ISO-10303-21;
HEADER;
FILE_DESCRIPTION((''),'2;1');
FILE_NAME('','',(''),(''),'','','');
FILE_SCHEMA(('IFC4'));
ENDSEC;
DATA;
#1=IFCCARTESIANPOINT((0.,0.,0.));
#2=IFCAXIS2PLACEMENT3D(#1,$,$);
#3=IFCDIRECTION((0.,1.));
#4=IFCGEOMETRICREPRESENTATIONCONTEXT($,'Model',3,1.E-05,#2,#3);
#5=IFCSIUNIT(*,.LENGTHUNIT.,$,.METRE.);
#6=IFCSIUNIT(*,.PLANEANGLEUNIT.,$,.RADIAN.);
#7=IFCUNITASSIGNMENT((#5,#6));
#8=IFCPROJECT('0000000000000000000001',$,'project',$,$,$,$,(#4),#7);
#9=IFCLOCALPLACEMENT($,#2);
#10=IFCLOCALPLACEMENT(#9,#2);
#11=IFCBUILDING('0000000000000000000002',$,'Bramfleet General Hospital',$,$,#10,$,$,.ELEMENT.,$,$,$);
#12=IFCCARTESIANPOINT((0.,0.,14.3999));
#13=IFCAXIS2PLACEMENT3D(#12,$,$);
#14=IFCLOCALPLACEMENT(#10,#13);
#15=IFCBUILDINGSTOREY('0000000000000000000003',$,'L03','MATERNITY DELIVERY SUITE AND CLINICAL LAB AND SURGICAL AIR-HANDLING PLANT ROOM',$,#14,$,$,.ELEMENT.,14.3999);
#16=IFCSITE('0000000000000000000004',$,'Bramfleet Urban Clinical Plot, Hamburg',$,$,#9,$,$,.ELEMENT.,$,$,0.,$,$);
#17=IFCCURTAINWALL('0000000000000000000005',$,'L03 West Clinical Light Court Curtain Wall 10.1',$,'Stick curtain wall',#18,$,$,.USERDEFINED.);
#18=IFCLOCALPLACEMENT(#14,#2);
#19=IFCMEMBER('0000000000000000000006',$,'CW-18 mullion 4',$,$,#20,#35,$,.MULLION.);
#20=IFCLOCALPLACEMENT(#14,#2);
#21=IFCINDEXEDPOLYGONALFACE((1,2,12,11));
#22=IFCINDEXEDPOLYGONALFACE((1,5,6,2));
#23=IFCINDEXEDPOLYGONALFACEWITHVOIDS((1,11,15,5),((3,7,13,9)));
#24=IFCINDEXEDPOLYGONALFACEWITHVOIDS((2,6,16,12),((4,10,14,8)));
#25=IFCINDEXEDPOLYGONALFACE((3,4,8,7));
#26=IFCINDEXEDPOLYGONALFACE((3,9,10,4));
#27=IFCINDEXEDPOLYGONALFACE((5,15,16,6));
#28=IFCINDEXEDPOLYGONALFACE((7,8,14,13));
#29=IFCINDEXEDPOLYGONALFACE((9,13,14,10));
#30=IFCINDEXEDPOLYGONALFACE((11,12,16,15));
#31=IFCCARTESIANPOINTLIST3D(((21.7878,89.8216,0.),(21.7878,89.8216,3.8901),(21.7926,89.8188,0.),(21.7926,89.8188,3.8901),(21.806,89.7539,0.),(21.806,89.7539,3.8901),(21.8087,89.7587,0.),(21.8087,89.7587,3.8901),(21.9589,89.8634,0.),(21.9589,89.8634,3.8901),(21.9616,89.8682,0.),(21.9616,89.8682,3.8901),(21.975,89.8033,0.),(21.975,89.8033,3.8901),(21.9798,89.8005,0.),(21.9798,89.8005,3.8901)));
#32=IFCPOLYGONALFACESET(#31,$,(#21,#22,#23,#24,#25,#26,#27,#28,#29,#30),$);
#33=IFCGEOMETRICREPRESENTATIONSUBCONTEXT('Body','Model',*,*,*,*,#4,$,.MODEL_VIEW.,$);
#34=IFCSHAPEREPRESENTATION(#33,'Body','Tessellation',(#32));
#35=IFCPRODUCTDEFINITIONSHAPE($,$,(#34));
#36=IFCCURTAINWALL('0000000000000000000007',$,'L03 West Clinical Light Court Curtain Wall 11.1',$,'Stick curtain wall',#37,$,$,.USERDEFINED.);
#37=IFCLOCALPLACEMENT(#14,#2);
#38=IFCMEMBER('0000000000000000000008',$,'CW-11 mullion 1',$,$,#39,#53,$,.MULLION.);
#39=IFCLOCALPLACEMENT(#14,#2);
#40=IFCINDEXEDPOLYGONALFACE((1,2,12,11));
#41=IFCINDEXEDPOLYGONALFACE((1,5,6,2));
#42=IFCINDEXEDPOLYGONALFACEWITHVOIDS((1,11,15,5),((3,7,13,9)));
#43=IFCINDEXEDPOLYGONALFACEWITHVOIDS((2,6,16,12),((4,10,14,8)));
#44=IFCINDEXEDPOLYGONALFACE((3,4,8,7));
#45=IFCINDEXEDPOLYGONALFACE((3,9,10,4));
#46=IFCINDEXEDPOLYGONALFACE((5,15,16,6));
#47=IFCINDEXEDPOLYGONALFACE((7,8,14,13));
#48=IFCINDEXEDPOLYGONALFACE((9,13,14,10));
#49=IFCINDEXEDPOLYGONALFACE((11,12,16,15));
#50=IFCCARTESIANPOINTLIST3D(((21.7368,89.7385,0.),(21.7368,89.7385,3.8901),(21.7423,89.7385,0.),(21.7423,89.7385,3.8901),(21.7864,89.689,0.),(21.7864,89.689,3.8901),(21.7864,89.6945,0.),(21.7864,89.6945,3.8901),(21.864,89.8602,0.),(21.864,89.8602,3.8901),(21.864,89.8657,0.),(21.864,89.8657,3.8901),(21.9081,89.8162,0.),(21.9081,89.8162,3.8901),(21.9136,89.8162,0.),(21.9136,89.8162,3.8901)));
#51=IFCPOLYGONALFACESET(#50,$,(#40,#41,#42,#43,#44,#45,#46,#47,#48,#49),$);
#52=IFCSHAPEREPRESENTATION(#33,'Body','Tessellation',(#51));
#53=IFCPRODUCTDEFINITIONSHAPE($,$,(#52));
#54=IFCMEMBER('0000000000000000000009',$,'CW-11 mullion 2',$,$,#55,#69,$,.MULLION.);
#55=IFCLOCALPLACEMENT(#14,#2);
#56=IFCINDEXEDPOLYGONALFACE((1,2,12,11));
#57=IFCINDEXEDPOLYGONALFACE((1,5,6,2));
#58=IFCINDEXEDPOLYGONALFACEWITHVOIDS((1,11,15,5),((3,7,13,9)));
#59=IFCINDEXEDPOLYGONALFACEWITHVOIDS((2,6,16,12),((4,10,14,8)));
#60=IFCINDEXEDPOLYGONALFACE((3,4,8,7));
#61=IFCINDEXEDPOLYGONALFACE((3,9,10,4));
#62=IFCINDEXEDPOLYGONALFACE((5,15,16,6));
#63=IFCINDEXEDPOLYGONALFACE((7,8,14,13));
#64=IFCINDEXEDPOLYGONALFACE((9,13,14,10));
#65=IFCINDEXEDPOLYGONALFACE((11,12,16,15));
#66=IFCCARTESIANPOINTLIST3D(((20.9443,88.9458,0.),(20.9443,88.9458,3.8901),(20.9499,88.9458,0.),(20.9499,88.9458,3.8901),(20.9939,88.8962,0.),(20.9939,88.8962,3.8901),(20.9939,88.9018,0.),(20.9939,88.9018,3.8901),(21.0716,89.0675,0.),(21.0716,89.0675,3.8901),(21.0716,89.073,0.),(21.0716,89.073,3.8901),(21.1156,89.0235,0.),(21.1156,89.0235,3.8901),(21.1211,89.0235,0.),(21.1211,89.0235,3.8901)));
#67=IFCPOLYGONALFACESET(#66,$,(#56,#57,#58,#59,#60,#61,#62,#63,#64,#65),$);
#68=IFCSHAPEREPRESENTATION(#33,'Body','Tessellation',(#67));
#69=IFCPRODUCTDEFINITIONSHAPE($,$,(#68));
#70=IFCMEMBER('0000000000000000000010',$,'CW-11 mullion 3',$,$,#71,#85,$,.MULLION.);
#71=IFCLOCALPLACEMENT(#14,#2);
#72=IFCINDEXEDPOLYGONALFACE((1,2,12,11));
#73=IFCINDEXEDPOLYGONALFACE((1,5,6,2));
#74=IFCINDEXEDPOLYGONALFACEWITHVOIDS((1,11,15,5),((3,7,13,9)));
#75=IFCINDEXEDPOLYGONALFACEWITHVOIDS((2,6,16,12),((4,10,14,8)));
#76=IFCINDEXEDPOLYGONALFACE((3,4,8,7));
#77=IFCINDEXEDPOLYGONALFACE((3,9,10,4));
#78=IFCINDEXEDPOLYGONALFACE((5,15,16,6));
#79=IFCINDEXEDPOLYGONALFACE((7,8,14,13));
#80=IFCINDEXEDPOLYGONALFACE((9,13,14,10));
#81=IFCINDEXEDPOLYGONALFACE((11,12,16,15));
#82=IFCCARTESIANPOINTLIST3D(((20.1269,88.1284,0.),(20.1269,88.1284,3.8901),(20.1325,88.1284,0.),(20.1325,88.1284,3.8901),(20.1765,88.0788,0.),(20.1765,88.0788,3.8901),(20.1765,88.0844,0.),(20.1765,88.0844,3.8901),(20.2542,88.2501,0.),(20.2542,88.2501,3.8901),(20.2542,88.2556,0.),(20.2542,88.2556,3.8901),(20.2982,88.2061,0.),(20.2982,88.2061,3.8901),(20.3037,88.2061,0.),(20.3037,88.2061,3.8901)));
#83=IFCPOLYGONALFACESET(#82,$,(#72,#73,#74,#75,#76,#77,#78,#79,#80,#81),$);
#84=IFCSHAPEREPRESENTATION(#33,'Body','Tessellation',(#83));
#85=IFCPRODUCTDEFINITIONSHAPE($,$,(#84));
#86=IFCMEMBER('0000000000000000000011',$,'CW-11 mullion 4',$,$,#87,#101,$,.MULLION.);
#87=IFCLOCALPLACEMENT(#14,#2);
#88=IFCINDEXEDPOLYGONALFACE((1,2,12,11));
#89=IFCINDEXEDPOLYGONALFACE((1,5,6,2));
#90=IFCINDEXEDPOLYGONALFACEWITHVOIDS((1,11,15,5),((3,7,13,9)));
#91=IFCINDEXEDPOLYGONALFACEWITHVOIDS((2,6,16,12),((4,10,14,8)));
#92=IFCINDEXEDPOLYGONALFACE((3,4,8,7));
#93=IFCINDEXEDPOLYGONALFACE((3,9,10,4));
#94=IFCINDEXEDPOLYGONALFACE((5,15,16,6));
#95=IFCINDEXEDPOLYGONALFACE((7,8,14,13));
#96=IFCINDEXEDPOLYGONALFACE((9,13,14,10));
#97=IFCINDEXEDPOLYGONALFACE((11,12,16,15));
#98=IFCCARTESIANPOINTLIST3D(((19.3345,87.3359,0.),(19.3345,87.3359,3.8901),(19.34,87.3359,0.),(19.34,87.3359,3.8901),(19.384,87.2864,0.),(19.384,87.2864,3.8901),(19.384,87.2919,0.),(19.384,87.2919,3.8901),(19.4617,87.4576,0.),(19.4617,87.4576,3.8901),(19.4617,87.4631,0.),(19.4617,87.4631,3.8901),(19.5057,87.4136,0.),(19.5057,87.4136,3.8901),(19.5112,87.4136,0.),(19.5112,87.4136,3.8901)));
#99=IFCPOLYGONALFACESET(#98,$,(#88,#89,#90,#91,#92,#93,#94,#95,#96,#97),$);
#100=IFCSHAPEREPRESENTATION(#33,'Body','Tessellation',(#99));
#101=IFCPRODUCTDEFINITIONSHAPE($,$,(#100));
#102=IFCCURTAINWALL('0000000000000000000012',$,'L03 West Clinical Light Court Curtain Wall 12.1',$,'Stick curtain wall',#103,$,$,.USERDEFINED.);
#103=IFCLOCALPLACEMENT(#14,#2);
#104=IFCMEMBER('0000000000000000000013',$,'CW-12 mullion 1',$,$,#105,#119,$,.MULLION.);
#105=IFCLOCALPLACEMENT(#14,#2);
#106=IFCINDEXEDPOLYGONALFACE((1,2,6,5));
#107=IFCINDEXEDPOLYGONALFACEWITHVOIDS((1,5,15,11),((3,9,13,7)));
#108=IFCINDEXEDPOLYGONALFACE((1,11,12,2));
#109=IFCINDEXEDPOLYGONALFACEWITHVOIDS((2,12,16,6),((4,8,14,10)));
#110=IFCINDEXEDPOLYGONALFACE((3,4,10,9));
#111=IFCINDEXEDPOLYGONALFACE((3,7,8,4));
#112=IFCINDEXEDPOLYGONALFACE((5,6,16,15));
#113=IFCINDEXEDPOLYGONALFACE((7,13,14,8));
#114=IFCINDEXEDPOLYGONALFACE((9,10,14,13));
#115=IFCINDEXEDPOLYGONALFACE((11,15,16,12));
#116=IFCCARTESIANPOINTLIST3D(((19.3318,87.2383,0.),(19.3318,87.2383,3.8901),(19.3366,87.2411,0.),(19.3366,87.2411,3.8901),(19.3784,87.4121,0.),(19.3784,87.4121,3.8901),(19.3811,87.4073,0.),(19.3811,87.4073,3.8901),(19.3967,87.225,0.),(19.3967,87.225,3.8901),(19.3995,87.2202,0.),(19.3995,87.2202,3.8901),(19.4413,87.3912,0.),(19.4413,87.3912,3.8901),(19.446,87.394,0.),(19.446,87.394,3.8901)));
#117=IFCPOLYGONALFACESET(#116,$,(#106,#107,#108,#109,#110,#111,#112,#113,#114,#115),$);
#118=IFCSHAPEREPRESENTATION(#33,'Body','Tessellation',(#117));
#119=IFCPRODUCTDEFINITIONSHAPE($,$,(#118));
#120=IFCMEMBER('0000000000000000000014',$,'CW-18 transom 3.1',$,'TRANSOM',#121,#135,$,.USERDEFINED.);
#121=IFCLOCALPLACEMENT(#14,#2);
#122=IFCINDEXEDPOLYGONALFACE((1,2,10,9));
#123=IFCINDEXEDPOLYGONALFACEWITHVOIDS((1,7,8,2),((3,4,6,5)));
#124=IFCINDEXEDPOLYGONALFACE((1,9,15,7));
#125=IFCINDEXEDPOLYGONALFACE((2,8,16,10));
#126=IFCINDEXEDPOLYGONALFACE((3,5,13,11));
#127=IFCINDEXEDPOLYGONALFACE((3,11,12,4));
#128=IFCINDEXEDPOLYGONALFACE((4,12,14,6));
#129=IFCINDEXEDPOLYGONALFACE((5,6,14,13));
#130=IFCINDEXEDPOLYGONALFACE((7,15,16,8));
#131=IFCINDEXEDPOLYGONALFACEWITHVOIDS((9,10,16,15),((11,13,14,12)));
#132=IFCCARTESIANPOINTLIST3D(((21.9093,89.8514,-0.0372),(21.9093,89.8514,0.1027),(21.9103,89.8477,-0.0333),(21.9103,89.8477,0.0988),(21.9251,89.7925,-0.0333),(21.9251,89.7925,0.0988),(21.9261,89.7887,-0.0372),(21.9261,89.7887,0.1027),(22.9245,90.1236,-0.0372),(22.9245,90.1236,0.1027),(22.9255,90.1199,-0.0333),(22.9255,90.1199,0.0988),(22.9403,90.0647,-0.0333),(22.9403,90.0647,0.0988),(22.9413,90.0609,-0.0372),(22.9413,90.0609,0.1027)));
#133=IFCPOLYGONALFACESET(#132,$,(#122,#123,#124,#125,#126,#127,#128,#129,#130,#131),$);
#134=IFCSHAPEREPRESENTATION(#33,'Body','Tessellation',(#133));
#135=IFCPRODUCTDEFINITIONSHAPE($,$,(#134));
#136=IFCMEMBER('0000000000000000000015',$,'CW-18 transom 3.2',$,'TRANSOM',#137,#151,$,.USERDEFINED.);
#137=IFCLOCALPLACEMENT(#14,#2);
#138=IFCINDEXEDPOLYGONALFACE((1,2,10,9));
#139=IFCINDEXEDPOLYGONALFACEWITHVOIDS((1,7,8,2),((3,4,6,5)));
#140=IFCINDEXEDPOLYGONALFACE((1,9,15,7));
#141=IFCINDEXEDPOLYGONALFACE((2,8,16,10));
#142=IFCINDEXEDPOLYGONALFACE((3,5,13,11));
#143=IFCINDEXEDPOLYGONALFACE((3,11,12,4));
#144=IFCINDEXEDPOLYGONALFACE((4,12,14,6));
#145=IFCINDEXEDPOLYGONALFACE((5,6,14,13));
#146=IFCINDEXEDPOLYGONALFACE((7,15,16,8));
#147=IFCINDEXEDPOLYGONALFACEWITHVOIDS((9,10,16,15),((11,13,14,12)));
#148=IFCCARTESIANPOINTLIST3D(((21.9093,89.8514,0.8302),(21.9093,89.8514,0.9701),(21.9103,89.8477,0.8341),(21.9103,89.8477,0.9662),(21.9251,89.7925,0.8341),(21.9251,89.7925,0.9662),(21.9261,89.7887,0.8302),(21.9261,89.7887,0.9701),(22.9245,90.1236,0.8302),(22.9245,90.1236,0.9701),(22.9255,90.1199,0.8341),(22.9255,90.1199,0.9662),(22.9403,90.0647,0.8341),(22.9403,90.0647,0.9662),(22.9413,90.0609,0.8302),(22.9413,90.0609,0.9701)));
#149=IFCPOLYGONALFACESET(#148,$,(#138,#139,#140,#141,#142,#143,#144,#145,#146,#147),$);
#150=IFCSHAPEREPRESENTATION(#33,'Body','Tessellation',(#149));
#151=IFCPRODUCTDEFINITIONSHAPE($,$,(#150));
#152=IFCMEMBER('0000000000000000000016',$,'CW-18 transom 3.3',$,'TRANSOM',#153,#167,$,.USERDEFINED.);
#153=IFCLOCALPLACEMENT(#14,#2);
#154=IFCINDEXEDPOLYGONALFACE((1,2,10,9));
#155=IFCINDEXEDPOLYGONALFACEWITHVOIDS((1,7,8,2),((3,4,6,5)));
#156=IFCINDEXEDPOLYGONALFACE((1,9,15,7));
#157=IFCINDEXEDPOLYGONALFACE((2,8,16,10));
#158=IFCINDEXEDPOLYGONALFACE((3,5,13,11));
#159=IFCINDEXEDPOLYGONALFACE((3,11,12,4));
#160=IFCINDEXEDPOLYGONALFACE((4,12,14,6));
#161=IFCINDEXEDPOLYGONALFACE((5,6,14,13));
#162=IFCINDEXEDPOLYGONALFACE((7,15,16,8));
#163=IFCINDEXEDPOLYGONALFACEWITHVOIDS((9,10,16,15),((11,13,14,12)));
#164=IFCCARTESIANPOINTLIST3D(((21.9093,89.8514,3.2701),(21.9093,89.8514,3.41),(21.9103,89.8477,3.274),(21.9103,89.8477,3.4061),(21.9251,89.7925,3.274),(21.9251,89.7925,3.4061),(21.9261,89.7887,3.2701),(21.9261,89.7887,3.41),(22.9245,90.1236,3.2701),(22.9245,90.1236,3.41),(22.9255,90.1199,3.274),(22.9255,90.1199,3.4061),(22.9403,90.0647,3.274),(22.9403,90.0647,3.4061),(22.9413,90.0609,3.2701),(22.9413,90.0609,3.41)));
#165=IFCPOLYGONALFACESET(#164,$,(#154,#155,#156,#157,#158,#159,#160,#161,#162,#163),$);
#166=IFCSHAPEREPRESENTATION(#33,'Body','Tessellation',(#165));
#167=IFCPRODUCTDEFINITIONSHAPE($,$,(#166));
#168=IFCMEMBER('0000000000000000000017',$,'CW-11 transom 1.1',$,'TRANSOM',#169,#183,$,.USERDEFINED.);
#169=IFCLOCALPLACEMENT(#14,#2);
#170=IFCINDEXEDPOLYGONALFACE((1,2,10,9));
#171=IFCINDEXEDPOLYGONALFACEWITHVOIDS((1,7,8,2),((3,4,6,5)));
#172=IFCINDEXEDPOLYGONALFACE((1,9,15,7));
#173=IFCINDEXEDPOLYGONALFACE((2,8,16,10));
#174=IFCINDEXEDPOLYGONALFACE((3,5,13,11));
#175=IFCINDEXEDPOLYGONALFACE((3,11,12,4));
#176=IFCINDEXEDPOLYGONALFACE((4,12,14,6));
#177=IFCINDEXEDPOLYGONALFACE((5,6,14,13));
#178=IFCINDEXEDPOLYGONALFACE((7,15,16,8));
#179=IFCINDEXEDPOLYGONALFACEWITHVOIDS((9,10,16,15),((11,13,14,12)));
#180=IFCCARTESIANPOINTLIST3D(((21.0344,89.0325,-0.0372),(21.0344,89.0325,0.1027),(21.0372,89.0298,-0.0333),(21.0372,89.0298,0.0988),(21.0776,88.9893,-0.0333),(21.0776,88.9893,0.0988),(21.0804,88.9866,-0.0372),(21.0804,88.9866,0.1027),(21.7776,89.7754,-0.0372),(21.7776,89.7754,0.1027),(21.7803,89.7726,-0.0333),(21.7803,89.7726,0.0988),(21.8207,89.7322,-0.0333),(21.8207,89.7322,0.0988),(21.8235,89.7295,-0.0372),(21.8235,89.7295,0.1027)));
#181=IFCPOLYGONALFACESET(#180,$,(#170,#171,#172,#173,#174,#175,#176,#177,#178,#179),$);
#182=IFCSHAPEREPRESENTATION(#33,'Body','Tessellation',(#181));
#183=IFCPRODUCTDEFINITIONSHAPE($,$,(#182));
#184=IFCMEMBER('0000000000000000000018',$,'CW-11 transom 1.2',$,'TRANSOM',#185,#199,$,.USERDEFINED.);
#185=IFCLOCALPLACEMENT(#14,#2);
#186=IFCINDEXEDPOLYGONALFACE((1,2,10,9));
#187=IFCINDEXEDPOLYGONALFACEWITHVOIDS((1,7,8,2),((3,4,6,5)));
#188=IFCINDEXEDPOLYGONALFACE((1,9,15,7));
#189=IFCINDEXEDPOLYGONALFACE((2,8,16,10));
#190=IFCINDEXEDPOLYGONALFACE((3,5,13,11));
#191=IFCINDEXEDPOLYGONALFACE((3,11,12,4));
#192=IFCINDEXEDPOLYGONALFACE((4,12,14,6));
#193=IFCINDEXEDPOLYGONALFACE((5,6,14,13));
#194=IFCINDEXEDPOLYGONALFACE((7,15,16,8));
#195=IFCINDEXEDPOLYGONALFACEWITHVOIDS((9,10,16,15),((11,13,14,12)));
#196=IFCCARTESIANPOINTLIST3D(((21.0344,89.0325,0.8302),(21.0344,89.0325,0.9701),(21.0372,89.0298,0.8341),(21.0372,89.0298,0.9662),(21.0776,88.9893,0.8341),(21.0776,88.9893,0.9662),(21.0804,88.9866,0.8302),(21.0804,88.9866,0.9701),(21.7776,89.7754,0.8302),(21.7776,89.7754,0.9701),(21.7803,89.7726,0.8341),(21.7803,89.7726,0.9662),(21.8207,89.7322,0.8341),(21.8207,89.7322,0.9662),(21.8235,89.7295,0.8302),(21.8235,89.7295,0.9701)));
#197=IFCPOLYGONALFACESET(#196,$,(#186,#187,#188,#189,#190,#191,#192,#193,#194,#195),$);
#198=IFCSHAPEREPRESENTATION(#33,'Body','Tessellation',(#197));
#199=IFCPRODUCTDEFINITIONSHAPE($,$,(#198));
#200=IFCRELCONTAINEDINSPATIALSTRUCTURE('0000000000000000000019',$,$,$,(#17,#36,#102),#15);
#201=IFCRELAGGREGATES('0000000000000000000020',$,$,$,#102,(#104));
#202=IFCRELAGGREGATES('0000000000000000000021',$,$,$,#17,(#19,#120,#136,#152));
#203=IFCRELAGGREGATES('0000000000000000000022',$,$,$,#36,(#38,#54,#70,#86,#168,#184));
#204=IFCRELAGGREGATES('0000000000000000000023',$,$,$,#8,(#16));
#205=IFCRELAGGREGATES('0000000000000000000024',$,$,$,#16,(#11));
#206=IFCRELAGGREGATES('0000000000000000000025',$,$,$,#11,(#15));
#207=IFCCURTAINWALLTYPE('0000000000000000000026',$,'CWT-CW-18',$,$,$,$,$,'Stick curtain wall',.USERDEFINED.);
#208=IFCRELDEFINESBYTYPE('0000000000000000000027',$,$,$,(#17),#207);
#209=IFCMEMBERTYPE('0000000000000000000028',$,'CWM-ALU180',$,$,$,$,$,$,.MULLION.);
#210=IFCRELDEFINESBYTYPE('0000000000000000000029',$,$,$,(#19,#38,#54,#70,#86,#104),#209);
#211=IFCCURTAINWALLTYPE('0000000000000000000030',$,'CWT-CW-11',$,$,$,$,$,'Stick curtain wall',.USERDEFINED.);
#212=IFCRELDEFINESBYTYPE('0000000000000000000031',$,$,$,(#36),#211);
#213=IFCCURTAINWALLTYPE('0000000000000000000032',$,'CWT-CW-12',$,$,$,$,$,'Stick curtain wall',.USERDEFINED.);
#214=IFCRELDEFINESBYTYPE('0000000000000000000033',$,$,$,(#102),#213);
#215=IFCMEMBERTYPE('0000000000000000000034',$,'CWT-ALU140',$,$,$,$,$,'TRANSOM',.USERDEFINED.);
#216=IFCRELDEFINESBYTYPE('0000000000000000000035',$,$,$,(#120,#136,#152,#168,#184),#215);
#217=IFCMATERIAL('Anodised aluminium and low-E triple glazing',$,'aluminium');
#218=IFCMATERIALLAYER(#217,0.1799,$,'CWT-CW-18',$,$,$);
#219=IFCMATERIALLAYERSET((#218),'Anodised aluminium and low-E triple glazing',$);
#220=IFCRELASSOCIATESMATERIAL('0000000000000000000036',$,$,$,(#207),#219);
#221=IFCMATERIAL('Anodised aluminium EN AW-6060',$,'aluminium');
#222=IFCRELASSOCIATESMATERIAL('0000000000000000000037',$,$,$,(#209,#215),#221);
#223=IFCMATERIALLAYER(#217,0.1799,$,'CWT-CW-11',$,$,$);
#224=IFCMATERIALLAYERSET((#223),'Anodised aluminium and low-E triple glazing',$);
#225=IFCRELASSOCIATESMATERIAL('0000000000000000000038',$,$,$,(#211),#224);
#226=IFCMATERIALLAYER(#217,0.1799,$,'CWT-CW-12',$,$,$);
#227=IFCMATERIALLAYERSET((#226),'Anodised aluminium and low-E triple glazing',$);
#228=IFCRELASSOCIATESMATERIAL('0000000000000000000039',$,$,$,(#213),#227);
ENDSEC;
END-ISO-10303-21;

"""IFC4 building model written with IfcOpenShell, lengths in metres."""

from ifc_helpers import new_model, si_unit, direction, frame, origin, origin_2d, place, context, subcontext, project, spatial, hollow_rectangle, extrude, material, layer, layer_set, material_profile, profile_set, type_object, element, aggregate, save


model = new_model("IFC4")

# Units and contexts
model_context = context("Model", 3, precision=1e-05, world=origin(), true_north=direction((0.0, 1.0)))
body_context = subcontext(model_context, "Body", "Model", "MODEL_VIEW")
ifc_project = project(units=[si_unit("LENGTHUNIT", "METRE"), si_unit("PLANEANGLEUNIT", "RADIAN")], contexts=[model_context])

# Site, building, storey
site_placement = place(None, origin())
site = spatial("IfcSite", under=ifc_project, at=site_placement, Name="Bramfleet Urban Clinical Plot, Hamburg", CompositionType="ELEMENT", RefElevation=0.0)
building_placement = place(site_placement, origin())
building = spatial("IfcBuilding", under=site, at=building_placement, Name="Bramfleet General Hospital", CompositionType="ELEMENT")
storey_placement = place(building_placement, frame((0.0, 0.0, 14.3999)))
storey = spatial("IfcBuildingStorey", under=building, at=storey_placement, Name="L03", Description="MATERNITY DELIVERY SUITE AND CLINICAL LAB AND SURGICAL AIR-HANDLING PLANT ROOM", CompositionType="ELEMENT", Elevation=14.3999)

# Curtain wall, member
ifc_material_1 = material(Name="Anodised aluminium and low-E triple glazing", Category="aluminium")
ifc_layer_1 = layer(ifc_material_1, 0.1799, Name="CWT-CW-18")
ifc_layer_set_1 = layer_set([ifc_layer_1], Name="Anodised aluminium and low-E triple glazing")
curtain_wall_type_1 = type_object("IfcCurtainWallType", Name="CWT-CW-18", ElementType="Stick curtain wall", PredefinedType="USERDEFINED", material=ifc_layer_set_1)
curtain_wall_1_placement = place(storey_placement, origin())
curtain_wall_1 = element("IfcCurtainWall", 1, at=curtain_wall_1_placement, inside=storey, type_object=curtain_wall_type_1, Name="L03 West Clinical Light Court Curtain Wall 10.1", ObjectType="Stick curtain wall", PredefinedType="USERDEFINED")
ifc_material_2 = material(Name="Anodised aluminium EN AW-6060", Category="aluminium")
ifc_material_profile_1 = material_profile(ifc_material_2, hollow_rectangle(XDim=0.0701, YDim=0.1799, WallThickness=0.0039, at=origin_2d()), Name="ALU 180x70x4.0")
ifc_profile_set_1 = profile_set([ifc_material_profile_1], Name="Anodised aluminium EN AW-6060")
member_type_1 = type_object("IfcMemberType", Name="CWM-ALU180", PredefinedType="MULLION", material=ifc_profile_set_1)
member_1_placement = place(storey_placement, frame((21.8838, 89.811, 0.0), z_axis=(0.0, 0.0, 1.0), x_axis=(0.258919, -0.965899, 0.0)))
member_1 = element("IfcMember", 2, at=member_1_placement, type_object=member_type_1, Name="CW-18 mullion 4", PredefinedType="MULLION", context=body_context, shape_type="SweptSolid", body=[
    extrude(hollow_rectangle(XDim=0.0701, YDim=0.1799, WallThickness=0.0039, at=origin_2d()), origin(), (0.0, 0.0, 1.0), 3.8901),
])

# Curtain wall, members
ifc_layer_2 = layer(ifc_material_1, 0.1799, Name="CWT-CW-11")
ifc_layer_set_2 = layer_set([ifc_layer_2], Name="Anodised aluminium and low-E triple glazing")
curtain_wall_type_2 = type_object("IfcCurtainWallType", Name="CWT-CW-11", ElementType="Stick curtain wall", PredefinedType="USERDEFINED", material=ifc_layer_set_2)
curtain_wall_2_placement = place(storey_placement, origin())
curtain_wall_2 = element("IfcCurtainWall", 3, at=curtain_wall_2_placement, inside=storey, type_object=curtain_wall_type_2, Name="L03 West Clinical Light Court Curtain Wall 11.1", ObjectType="Stick curtain wall", PredefinedType="USERDEFINED")
member_2_placement = place(storey_placement, frame((21.8252, 89.7773, 0.0), z_axis=(0.0, 0.0, 1.0), x_axis=(0.707107, -0.707107, 0.0)))
member_2 = element("IfcMember", 4, at=member_2_placement, type_object=member_type_1, Name="CW-11 mullion 1", PredefinedType="MULLION", context=body_context, shape_type="SweptSolid", body=[
    extrude(hollow_rectangle(XDim=0.0701, YDim=0.1799, WallThickness=0.0039, at=origin_2d()), origin(), (0.0, 0.0, 1.0), 3.8901),
])
member_3_placement = place(storey_placement, frame((21.0327, 88.9846, 0.0), z_axis=(0.0, 0.0, 1.0), x_axis=(0.707107, -0.707107, 0.0)))
member_3 = element("IfcMember", 5, at=member_3_placement, type_object=member_type_1, Name="CW-11 mullion 2", PredefinedType="MULLION", context=body_context, shape_type="SweptSolid", body=[
    extrude(hollow_rectangle(XDim=0.0701, YDim=0.1799, WallThickness=0.0039, at=origin_2d()), origin(), (0.0, 0.0, 1.0), 3.8901),
])
member_4_placement = place(storey_placement, frame((20.2153, 88.1672, 0.0), z_axis=(0.0, 0.0, 1.0), x_axis=(0.707107, -0.707107, 0.0)))
member_4 = element("IfcMember", 6, at=member_4_placement, type_object=member_type_1, Name="CW-11 mullion 3", PredefinedType="MULLION", context=body_context, shape_type="SweptSolid", body=[
    extrude(hollow_rectangle(XDim=0.0701, YDim=0.1799, WallThickness=0.0039, at=origin_2d()), origin(), (0.0, 0.0, 1.0), 3.8901),
])
member_5_placement = place(storey_placement, frame((19.4229, 87.3748, 0.0), z_axis=(0.0, 0.0, 1.0), x_axis=(0.707107, -0.707107, 0.0)))
member_5 = element("IfcMember", 7, at=member_5_placement, type_object=member_type_1, Name="CW-11 mullion 4", PredefinedType="MULLION", context=body_context, shape_type="SweptSolid", body=[
    extrude(hollow_rectangle(XDim=0.0701, YDim=0.1799, WallThickness=0.0039, at=origin_2d()), origin(), (0.0, 0.0, 1.0), 3.8901),
])

# Curtain wall, member
ifc_layer_3 = layer(ifc_material_1, 0.1799, Name="CWT-CW-12")
ifc_layer_set_3 = layer_set([ifc_layer_3], Name="Anodised aluminium and low-E triple glazing")
curtain_wall_type_3 = type_object("IfcCurtainWallType", Name="CWT-CW-12", ElementType="Stick curtain wall", PredefinedType="USERDEFINED", material=ifc_layer_set_3)
curtain_wall_3_placement = place(storey_placement, origin())
curtain_wall_3 = element("IfcCurtainWall", 8, at=curtain_wall_3_placement, inside=storey, type_object=curtain_wall_type_3, Name="L03 West Clinical Light Court Curtain Wall 12.1", ObjectType="Stick curtain wall", PredefinedType="USERDEFINED")
member_6_placement = place(storey_placement, frame((19.3889, 87.3162, 0.0), z_axis=(0.0, 0.0, 1.0), x_axis=(0.965899, -0.258919, 0.0)))
member_6 = element("IfcMember", 9, at=member_6_placement, type_object=member_type_1, Name="CW-12 mullion 1", PredefinedType="MULLION", context=body_context, shape_type="SweptSolid", body=[
    extrude(hollow_rectangle(XDim=0.0701, YDim=0.1799, WallThickness=0.0039, at=origin_2d()), origin(), (0.0, 0.0, 1.0), 3.8901),
])
aggregate(curtain_wall_3, [member_6])

# Members
ifc_material_profile_2 = material_profile(ifc_material_2, hollow_rectangle(XDim=0.0649, YDim=0.1399, WallThickness=0.0039, at=origin_2d()), Name="ALU 140x65x4.0")
ifc_profile_set_2 = profile_set([ifc_material_profile_2], Name="Anodised aluminium EN AW-6060")
member_type_2 = type_object("IfcMemberType", Name="CWT-ALU140", ElementType="TRANSOM", PredefinedType="USERDEFINED", material=ifc_profile_set_2)
member_7_placement = place(storey_placement, frame((22.9329, 90.0923, 0.0327), z_axis=(-0.965875, -0.259007, 0.0), x_axis=(0.259007, -0.965875, 0.0)))
member_7 = element("IfcMember", 10, at=member_7_placement, type_object=member_type_2, Name="CW-18 transom 3.1", ObjectType="TRANSOM", PredefinedType="USERDEFINED", context=body_context, shape_type="SweptSolid", body=[
    extrude(hollow_rectangle(XDim=0.0649, YDim=0.1399, WallThickness=0.0039, at=origin_2d()), origin(), (0.0, 0.0, 1.0), 1.051),
])
member_8_placement = place(storey_placement, frame((22.9329, 90.0923, 0.9001), z_axis=(-0.965875, -0.259007, 0.0), x_axis=(0.259007, -0.965875, 0.0)))
member_8 = element("IfcMember", 11, at=member_8_placement, type_object=member_type_2, Name="CW-18 transom 3.2", ObjectType="TRANSOM", PredefinedType="USERDEFINED", context=body_context, shape_type="SweptSolid", body=[
    extrude(hollow_rectangle(XDim=0.0649, YDim=0.1399, WallThickness=0.0039, at=origin_2d()), origin(), (0.0, 0.0, 1.0), 1.051),
])
member_9_placement = place(storey_placement, frame((22.9329, 90.0923, 3.3401), z_axis=(-0.965875, -0.259007, 0.0), x_axis=(0.259007, -0.965875, 0.0)))
member_9 = element("IfcMember", 12, at=member_9_placement, type_object=member_type_2, Name="CW-18 transom 3.3", ObjectType="TRANSOM", PredefinedType="USERDEFINED", context=body_context, shape_type="SweptSolid", body=[
    extrude(hollow_rectangle(XDim=0.0649, YDim=0.1399, WallThickness=0.0039, at=origin_2d()), origin(), (0.0, 0.0, 1.0), 1.051),
])
member_10_placement = place(storey_placement, frame((21.8005, 89.7524, 0.0327), z_axis=(-0.707223, -0.706991, 0.0), x_axis=(0.706991, -0.707223, 0.0)))
member_10 = element("IfcMember", 13, at=member_10_placement, type_object=member_type_2, Name="CW-11 transom 1.1", ObjectType="TRANSOM", PredefinedType="USERDEFINED", context=body_context, shape_type="SweptSolid", body=[
    extrude(hollow_rectangle(XDim=0.0649, YDim=0.1399, WallThickness=0.0039, at=origin_2d()), origin(), (0.0, 0.0, 1.0), 1.0508),
])
member_11_placement = place(storey_placement, frame((21.8005, 89.7524, 0.9001), z_axis=(-0.707223, -0.706991, 0.0), x_axis=(0.706991, -0.707223, 0.0)))
member_11 = element("IfcMember", 14, at=member_11_placement, type_object=member_type_2, Name="CW-11 transom 1.2", ObjectType="TRANSOM", PredefinedType="USERDEFINED", context=body_context, shape_type="SweptSolid", body=[
    extrude(hollow_rectangle(XDim=0.0649, YDim=0.1399, WallThickness=0.0039, at=origin_2d()), origin(), (0.0, 0.0, 1.0), 1.0508),
])

aggregate(curtain_wall_1, [member_1, member_7, member_8, member_9])
aggregate(curtain_wall_2, [member_2, member_3, member_4, member_5, member_10, member_11])

save(model, "model.ifc")
